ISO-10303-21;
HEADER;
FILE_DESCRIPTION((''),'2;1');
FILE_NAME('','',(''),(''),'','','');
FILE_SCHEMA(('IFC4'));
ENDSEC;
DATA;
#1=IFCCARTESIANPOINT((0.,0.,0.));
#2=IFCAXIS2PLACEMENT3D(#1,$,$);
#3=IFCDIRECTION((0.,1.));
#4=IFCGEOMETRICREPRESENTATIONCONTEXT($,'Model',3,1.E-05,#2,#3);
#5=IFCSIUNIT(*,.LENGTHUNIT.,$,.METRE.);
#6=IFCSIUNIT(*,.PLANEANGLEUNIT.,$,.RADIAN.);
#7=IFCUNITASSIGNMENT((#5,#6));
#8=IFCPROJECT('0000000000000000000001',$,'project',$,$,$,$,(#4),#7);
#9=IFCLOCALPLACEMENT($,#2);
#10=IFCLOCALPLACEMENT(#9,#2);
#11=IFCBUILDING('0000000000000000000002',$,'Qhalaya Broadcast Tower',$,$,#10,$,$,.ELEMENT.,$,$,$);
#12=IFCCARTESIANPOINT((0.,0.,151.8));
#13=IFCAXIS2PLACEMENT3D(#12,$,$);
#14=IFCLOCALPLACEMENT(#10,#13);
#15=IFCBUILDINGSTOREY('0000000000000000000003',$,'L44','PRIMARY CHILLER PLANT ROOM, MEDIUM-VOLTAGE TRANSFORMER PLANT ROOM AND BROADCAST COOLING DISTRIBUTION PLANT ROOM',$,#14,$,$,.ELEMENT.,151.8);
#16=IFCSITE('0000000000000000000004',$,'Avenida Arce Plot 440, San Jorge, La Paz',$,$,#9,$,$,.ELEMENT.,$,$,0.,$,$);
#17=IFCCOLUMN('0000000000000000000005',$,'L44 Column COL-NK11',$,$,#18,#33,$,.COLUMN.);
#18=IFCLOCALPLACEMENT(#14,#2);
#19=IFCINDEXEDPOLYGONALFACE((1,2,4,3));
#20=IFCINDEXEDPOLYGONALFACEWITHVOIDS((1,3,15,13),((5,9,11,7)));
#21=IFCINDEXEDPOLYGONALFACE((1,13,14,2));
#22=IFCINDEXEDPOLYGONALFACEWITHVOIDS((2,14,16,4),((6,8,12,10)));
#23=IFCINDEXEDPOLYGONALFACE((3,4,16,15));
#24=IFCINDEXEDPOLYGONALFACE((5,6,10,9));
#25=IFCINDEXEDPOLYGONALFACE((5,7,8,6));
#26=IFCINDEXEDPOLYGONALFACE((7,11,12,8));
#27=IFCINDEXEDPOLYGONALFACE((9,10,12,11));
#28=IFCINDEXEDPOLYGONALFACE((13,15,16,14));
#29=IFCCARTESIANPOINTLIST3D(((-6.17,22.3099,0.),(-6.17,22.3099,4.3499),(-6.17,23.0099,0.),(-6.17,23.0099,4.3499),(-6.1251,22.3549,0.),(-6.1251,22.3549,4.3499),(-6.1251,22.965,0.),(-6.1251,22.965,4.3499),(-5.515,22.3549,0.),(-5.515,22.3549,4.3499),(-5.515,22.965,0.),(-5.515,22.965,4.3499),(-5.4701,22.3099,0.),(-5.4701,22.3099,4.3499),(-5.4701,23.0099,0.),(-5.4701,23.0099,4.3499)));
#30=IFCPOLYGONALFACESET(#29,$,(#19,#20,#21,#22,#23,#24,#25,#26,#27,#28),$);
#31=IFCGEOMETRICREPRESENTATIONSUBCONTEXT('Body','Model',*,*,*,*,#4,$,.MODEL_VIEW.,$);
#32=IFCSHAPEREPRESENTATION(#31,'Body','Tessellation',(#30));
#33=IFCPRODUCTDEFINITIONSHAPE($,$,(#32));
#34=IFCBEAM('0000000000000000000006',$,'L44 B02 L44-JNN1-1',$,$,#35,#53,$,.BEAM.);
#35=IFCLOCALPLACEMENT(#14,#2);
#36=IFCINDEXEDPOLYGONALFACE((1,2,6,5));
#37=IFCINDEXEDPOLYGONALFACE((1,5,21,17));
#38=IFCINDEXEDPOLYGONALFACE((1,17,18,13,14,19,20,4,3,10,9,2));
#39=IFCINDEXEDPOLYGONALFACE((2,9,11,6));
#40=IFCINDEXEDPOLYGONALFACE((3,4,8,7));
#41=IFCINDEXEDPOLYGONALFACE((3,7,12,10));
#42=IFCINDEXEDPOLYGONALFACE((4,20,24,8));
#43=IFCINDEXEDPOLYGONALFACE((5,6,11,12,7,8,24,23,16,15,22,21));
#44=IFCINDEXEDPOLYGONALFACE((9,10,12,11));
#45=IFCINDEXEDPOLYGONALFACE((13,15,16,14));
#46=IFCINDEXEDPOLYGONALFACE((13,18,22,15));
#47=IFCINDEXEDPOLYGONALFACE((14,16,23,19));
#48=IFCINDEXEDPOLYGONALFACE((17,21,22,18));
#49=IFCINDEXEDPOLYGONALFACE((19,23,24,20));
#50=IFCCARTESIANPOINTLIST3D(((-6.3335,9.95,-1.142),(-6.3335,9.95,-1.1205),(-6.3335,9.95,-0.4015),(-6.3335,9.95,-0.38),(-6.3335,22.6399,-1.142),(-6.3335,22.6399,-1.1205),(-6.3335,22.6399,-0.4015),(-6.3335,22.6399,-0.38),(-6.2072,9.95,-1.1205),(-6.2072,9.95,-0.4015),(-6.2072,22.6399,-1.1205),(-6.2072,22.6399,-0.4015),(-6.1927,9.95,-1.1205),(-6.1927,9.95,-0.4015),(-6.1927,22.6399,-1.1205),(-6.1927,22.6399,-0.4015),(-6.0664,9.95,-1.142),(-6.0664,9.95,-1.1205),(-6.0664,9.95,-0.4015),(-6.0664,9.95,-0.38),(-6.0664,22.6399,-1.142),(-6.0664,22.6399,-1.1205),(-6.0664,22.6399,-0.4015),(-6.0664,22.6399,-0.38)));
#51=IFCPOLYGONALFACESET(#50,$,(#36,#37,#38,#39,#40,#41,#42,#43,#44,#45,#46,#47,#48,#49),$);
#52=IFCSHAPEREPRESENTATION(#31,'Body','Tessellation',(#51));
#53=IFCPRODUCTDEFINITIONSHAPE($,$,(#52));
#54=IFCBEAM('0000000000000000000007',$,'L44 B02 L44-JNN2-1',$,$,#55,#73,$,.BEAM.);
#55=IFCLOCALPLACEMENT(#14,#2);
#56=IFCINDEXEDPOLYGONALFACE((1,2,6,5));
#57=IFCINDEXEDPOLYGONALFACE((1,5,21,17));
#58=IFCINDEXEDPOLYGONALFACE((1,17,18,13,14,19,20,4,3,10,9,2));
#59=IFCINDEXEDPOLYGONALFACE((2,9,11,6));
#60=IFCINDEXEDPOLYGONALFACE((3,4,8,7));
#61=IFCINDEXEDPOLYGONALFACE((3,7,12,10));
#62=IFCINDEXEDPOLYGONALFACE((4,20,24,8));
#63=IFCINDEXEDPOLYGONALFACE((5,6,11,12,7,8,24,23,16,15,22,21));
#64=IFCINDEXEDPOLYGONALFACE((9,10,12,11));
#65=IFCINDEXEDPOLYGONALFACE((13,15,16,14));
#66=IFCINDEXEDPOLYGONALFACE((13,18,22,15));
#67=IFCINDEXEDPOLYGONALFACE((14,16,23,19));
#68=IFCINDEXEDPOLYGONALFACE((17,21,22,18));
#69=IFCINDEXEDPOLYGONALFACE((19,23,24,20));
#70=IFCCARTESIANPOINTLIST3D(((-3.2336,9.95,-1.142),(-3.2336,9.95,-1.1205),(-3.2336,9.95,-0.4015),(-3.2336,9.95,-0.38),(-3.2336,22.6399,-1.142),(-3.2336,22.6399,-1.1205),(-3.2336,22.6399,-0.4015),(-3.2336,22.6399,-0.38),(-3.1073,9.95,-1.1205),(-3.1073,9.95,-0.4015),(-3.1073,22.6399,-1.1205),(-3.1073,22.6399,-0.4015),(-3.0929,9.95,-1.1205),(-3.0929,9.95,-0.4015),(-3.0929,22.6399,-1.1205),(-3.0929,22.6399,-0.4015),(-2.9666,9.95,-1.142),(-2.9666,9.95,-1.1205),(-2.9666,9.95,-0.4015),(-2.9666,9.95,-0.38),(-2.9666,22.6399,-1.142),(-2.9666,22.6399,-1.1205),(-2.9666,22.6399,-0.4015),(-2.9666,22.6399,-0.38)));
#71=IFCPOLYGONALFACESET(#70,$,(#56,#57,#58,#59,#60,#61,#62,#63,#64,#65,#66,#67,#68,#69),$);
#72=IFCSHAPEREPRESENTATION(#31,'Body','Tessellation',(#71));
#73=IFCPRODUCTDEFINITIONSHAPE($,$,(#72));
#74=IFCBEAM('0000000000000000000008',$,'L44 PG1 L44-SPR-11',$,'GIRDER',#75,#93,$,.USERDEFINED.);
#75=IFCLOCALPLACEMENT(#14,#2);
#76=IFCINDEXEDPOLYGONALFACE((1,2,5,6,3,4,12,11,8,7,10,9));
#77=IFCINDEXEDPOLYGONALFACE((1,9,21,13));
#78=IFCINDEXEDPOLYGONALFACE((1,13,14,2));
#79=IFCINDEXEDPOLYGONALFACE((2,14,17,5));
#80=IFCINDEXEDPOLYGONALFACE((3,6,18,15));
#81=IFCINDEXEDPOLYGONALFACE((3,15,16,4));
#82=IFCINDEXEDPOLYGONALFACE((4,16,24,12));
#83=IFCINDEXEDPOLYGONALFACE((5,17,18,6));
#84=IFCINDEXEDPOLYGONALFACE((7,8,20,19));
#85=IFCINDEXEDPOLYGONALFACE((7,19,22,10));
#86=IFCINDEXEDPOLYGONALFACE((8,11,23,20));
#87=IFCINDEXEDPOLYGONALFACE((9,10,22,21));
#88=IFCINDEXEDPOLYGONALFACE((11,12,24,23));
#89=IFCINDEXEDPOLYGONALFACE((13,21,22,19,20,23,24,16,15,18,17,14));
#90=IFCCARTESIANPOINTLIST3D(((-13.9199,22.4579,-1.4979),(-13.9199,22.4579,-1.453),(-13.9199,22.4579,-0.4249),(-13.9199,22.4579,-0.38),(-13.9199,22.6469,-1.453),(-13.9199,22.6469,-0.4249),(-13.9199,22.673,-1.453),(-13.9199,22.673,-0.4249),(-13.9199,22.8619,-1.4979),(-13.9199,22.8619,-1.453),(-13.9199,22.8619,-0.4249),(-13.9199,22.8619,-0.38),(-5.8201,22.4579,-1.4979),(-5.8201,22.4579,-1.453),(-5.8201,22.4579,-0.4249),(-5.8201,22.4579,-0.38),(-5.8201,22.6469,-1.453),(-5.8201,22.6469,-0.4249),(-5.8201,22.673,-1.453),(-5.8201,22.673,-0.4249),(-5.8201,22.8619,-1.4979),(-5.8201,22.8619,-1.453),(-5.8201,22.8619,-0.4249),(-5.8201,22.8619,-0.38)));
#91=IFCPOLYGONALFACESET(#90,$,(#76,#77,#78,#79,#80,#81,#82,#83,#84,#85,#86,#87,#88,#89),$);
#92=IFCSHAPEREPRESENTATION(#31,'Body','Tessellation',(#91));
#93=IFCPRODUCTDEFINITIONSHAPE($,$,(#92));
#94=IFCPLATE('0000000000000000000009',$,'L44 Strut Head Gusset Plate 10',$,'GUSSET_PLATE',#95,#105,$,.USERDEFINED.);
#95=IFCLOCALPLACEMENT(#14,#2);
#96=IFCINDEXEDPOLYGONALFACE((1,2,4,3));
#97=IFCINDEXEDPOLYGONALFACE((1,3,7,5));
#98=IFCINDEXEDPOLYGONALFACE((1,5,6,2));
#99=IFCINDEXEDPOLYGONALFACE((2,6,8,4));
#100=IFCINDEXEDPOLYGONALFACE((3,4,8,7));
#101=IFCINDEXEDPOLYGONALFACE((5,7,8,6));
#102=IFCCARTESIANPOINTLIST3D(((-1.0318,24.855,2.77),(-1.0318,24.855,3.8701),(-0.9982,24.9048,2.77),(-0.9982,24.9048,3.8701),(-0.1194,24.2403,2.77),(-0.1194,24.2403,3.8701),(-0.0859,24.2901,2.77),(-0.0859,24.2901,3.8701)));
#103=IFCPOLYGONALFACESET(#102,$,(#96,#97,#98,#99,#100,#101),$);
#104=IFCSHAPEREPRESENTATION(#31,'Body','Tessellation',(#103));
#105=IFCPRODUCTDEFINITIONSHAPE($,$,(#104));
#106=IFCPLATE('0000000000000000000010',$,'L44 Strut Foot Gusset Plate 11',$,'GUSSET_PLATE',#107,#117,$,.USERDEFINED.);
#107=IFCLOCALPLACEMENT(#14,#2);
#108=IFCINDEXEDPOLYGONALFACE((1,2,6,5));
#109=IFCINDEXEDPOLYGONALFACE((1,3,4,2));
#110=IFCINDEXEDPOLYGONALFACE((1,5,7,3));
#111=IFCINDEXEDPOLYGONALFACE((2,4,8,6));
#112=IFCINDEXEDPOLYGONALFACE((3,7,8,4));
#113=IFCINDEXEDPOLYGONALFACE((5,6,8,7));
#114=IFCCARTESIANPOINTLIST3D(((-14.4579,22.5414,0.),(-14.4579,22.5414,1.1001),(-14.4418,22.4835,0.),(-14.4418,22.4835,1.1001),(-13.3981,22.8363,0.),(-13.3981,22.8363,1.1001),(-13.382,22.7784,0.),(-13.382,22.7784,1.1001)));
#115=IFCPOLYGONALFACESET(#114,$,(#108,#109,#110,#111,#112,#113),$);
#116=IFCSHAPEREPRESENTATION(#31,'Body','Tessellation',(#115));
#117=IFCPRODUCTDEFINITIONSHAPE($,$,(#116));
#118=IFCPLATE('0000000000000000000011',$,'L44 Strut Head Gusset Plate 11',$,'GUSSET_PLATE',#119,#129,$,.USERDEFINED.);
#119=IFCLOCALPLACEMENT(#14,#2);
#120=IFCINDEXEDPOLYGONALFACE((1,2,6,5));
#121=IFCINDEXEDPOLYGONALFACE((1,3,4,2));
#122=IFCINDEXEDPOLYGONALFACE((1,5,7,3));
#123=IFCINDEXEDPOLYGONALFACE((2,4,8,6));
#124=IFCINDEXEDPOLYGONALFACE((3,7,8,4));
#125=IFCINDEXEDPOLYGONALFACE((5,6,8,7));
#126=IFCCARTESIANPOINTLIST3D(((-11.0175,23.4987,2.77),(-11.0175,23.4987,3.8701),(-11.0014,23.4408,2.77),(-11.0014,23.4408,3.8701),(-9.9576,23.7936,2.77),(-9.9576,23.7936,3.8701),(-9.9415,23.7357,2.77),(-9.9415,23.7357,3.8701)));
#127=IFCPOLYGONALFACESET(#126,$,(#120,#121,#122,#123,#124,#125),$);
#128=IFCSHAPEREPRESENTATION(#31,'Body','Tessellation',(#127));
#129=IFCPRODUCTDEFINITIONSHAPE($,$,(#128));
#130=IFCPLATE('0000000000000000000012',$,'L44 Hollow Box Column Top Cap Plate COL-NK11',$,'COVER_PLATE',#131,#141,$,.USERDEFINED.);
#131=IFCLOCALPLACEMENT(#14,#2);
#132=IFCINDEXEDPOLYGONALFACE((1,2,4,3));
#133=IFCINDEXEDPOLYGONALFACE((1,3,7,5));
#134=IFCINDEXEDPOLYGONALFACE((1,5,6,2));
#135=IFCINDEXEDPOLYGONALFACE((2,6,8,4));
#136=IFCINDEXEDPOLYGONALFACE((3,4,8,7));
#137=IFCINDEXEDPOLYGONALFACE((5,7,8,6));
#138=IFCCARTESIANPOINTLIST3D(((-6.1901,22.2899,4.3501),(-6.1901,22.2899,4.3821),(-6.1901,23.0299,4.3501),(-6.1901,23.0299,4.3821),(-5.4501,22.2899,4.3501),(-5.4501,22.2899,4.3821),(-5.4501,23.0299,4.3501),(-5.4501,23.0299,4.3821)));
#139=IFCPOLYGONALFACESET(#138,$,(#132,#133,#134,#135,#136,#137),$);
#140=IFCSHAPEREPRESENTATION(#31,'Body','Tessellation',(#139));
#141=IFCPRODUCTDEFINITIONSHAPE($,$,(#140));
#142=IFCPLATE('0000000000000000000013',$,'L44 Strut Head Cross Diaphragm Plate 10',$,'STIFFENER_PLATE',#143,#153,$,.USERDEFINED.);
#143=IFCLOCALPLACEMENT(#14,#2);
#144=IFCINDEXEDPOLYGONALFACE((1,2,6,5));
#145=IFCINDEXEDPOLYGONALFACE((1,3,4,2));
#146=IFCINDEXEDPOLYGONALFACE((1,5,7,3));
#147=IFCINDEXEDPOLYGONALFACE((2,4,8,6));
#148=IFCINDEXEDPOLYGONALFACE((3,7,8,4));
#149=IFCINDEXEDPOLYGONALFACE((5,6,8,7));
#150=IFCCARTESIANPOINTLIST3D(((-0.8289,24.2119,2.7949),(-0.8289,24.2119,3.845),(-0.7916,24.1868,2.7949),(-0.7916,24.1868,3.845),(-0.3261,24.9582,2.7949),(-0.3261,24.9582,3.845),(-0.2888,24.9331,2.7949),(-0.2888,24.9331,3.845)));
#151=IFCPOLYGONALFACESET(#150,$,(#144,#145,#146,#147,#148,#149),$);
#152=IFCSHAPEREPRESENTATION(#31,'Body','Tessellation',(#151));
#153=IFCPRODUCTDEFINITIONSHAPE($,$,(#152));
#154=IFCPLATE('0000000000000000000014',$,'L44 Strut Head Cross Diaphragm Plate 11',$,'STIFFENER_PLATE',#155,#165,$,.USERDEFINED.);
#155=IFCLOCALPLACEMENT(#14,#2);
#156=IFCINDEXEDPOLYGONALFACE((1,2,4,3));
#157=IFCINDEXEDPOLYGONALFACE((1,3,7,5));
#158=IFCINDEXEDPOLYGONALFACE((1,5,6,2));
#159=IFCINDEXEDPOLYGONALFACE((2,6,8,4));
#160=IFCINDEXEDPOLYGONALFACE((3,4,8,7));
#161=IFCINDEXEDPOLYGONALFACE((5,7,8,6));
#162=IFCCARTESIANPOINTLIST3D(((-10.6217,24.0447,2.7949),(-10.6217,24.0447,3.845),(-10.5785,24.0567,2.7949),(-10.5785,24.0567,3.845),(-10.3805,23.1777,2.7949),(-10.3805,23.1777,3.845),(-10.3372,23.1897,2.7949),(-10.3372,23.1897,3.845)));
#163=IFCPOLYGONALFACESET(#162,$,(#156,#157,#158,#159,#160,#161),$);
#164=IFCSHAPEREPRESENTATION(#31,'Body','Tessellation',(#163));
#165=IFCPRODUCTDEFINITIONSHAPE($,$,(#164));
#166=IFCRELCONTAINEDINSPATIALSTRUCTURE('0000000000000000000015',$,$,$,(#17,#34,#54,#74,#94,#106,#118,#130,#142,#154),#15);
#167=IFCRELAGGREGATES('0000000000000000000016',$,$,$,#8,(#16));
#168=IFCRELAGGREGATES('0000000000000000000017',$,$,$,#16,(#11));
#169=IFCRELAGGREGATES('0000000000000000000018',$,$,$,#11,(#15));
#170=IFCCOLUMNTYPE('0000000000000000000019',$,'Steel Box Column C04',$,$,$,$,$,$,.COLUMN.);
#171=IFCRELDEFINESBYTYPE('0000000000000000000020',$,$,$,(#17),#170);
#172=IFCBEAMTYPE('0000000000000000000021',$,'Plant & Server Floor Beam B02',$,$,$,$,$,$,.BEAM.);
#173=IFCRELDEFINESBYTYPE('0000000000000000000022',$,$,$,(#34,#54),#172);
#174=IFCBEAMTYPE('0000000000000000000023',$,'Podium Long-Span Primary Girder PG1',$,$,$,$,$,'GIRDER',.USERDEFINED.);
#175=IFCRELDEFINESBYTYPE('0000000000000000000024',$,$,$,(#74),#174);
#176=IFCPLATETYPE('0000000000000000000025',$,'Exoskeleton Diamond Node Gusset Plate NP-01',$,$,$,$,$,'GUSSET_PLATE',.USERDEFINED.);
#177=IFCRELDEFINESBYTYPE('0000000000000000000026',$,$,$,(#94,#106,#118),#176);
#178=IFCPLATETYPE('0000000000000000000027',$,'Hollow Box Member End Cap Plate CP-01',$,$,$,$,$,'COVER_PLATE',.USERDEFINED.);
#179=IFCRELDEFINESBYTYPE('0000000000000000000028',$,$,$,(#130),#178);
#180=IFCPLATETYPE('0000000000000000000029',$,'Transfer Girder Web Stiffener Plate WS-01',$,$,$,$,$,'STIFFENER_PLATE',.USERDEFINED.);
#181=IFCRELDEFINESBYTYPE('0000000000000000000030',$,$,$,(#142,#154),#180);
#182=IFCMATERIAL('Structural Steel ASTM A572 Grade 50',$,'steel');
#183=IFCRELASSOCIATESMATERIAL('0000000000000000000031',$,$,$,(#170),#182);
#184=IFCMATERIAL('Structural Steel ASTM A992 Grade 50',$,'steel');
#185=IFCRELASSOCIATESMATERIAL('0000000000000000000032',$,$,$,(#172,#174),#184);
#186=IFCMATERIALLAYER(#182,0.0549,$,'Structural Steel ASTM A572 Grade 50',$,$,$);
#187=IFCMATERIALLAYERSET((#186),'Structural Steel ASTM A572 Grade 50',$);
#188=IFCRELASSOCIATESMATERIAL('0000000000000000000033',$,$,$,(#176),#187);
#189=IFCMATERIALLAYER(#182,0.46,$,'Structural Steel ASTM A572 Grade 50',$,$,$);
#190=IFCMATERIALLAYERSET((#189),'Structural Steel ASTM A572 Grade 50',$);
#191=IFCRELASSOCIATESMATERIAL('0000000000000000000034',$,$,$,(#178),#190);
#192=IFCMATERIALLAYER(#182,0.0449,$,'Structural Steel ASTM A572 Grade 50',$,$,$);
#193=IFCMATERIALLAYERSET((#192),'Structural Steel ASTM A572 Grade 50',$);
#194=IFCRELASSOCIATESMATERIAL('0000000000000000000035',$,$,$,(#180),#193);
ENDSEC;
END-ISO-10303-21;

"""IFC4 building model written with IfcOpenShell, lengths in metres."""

from ifc_helpers import new_model, si_unit, direction, frame, origin, origin_2d, place, context, subcontext, project, spatial, rectangle, hollow_rectangle, i_section, extrude, material, layer, layer_set, material_profile, profile_set, type_object, element, save


model = new_model("IFC4")

# Units and contexts
model_context = context("Model", 3, precision=1e-05, world=origin(), true_north=direction((0.0, 1.0)))
body_context = subcontext(model_context, "Body", "Model", "MODEL_VIEW")
ifc_project = project(units=[si_unit("LENGTHUNIT", "METRE"), si_unit("PLANEANGLEUNIT", "RADIAN")], contexts=[model_context])

# Site, building, storey
site_placement = place(None, origin())
site = spatial("IfcSite", under=ifc_project, at=site_placement, Name="Avenida Arce Plot 440, San Jorge, La Paz", CompositionType="ELEMENT", RefElevation=0.0)
building_placement = place(site_placement, origin())
building = spatial("IfcBuilding", under=site, at=building_placement, Name="Qhalaya Broadcast Tower", CompositionType="ELEMENT")
storey_placement = place(building_placement, frame((0.0, 0.0, 151.8)))
storey = spatial("IfcBuildingStorey", under=building, at=storey_placement, Name="L44", Description="PRIMARY CHILLER PLANT ROOM, MEDIUM-VOLTAGE TRANSFORMER PLANT ROOM AND BROADCAST COOLING DISTRIBUTION PLANT ROOM", CompositionType="ELEMENT", Elevation=151.8)

# Column
ifc_material_1 = material(Name="Structural Steel ASTM A572 Grade 50", Category="steel")
ifc_material_profile_1 = material_profile(ifc_material_1, hollow_rectangle(XDim=0.7, YDim=0.7, WallThickness=0.0449, at=origin_2d()), Name="BOX 700x700x45")
ifc_profile_set_1 = profile_set([ifc_material_profile_1], Name="Structural Steel ASTM A572 Grade 50")
column_type = type_object("IfcColumnType", Name="Steel Box Column C04", PredefinedType="COLUMN", material=ifc_profile_set_1)
column_placement = place(storey_placement, frame((-5.8201, 22.6599, 0.0), z_axis=(0.0, 0.0, 1.0), x_axis=(1.0, 0.0, 0.0)))
element("IfcColumn", 1, at=column_placement, inside=storey, type_object=column_type, Name="L44 Column COL-NK11", PredefinedType="COLUMN", context=body_context, shape_type="SweptSolid", body=[
    extrude(hollow_rectangle(XDim=0.7, YDim=0.7, WallThickness=0.0449, at=origin_2d()), origin(), (0.0, 0.0, 1.0), 4.3499),
])

# Beams
ifc_material_2 = material(Name="Structural Steel ASTM A992 Grade 50", Category="steel")
ifc_material_profile_2 = material_profile(ifc_material_2, i_section(OverallWidth=0.2671, OverallDepth=0.762, WebThickness=0.0144, FlangeThickness=0.0215, at=origin_2d()), Name="W30X116")
ifc_profile_set_2 = profile_set([ifc_material_profile_2], Name="Structural Steel ASTM A992 Grade 50")
beam_type_1 = type_object("IfcBeamType", Name="Plant & Server Floor Beam B02", PredefinedType="BEAM", material=ifc_profile_set_2)
for number, where, z_axis, x_axis, name in (
    (2, (-6.2, 9.95, -0.761), (0.0, 1.0, 0.0), (-1.0, 0.0, 0.0), "L44 B02 L44-JNN1-1"),
    (3, (-3.1001, 9.95, -0.761), (0.0, 1.0, 0.0), (-1.0, 0.0, 0.0), "L44 B02 L44-JNN2-1"),
):
    element("IfcBeam", number, at=place(storey_placement, frame(where, z_axis=z_axis, x_axis=x_axis)), inside=storey, type_object=beam_type_1, Name=name, PredefinedType="BEAM", context=body_context, shape_type="SweptSolid", body=[
        extrude(i_section(OverallWidth=0.2671, OverallDepth=0.762, WebThickness=0.0144, FlangeThickness=0.0215, at=origin_2d()), origin(), (0.0, 0.0, 1.0), 12.6899),
    ])
ifc_material_profile_3 = material_profile(ifc_material_2, i_section(OverallWidth=0.4041, OverallDepth=1.1179, WebThickness=0.0261, FlangeThickness=0.0449, at=origin_2d()), Name="W44X335")
ifc_profile_set_3 = profile_set([ifc_material_profile_3], Name="Structural Steel ASTM A992 Grade 50")
beam_type_2 = type_object("IfcBeamType", Name="Podium Long-Span Primary Girder PG1", ElementType="GIRDER", PredefinedType="USERDEFINED", material=ifc_profile_set_3)
beam_placement = place(storey_placement, frame((-5.8201, 22.6599, -0.939), z_axis=(-1.0, 0.0, 0.0), x_axis=(0.0, -1.0, 0.0)))
element("IfcBeam", 4, at=beam_placement, inside=storey, type_object=beam_type_2, Name="L44 PG1 L44-SPR-11", ObjectType="GIRDER", PredefinedType="USERDEFINED", context=body_context, shape_type="SweptSolid", body=[
    extrude(i_section(OverallWidth=0.4041, OverallDepth=1.1179, WebThickness=0.0261, FlangeThickness=0.0449, at=origin_2d()), origin(), (0.0, 0.0, 1.0), 8.0999),
])

# Plates
ifc_layer_1 = layer(ifc_material_1, 0.0549, Name="Structural Steel ASTM A572 Grade 50")
ifc_layer_set_1 = layer_set([ifc_layer_1], Name="Structural Steel ASTM A572 Grade 50")
plate_type_1 = type_object("IfcPlateType", Name="Exoskeleton Diamond Node Gusset Plate NP-01", ElementType="GUSSET_PLATE", PredefinedType="USERDEFINED", material=ifc_layer_set_1)
for number, where, z_axis, x_axis, name in (
    (5, (-0.5588, 24.5725, 2.77), (0.0, 0.0, 1.0), (-0.82933, 0.558759, 0.0), "L44 Strut Head Gusset Plate 10"),
    (6, (-13.9199, 22.6599, 0.0), (0.0, 0.0, 1.0), (0.963402, 0.268062, 0.0), "L44 Strut Foot Gusset Plate 11"),
    (7, (-10.4795, 23.6172, 2.77), (0.0, 0.0, 1.0), (0.963402, 0.268062, 0.0), "L44 Strut Head Gusset Plate 11"),
):
    element("IfcPlate", number, at=place(storey_placement, frame(where, z_axis=z_axis, x_axis=x_axis)), inside=storey, type_object=plate_type_1, Name=name, ObjectType="GUSSET_PLATE", PredefinedType="USERDEFINED", context=body_context, shape_type="SweptSolid", body=[
        extrude(rectangle(XDim=1.1001, YDim=0.0601, at=origin_2d()), origin(), (0.0, 0.0, 1.0), 1.1001),
    ])
ifc_layer_2 = layer(ifc_material_1, 0.46, Name="Structural Steel ASTM A572 Grade 50")
ifc_layer_set_2 = layer_set([ifc_layer_2], Name="Structural Steel ASTM A572 Grade 50")
plate_type_2 = type_object("IfcPlateType", Name="Hollow Box Member End Cap Plate CP-01", ElementType="COVER_PLATE", PredefinedType="USERDEFINED", material=ifc_layer_set_2)
plate_placement = place(storey_placement, frame((-5.8201, 22.6599, 4.3501), z_axis=(0.0, 0.0, 1.0), x_axis=(1.0, 0.0, 0.0)))
element("IfcPlate", 8, at=plate_placement, inside=storey, type_object=plate_type_2, Name="L44 Hollow Box Column Top Cap Plate COL-NK11", ObjectType="COVER_PLATE", PredefinedType="USERDEFINED", context=body_context, shape_type="SweptSolid", body=[
    extrude(rectangle(XDim=0.74, YDim=0.74, at=origin_2d()), origin(), (0.0, 0.0, 1.0), 0.032),
])
ifc_layer_3 = layer(ifc_material_1, 0.0449, Name="Structural Steel ASTM A572 Grade 50")
ifc_layer_set_3 = layer_set([ifc_layer_3], Name="Structural Steel ASTM A572 Grade 50")
plate_type_3 = type_object("IfcPlateType", Name="Transfer Girder Web Stiffener Plate WS-01", ElementType="STIFFENER_PLATE", PredefinedType="USERDEFINED", material=ifc_layer_set_3)
for number, where, z_axis, x_axis, name in (
    (9, (-0.5588, 24.5725, 2.7949), (0.0, 0.0, 1.0), (-0.558759, -0.82933, 0.0), "L44 Strut Head Cross Diaphragm Plate 10"),
    (10, (-10.4795, 23.6172, 2.7949), (0.0, 0.0, 1.0), (-0.268062, 0.963402, 0.0), "L44 Strut Head Cross Diaphragm Plate 11"),
):
    element("IfcPlate", number, at=place(storey_placement, frame(where, z_axis=z_axis, x_axis=x_axis)), inside=storey, type_object=plate_type_3, Name=name, ObjectType="STIFFENER_PLATE", PredefinedType="USERDEFINED", context=body_context, shape_type="SweptSolid", body=[
        extrude(rectangle(XDim=0.8999, YDim=0.0449, at=origin_2d()), origin(), (0.0, 0.0, 1.0), 1.05),
    ])

save(model, "model.ifc")
